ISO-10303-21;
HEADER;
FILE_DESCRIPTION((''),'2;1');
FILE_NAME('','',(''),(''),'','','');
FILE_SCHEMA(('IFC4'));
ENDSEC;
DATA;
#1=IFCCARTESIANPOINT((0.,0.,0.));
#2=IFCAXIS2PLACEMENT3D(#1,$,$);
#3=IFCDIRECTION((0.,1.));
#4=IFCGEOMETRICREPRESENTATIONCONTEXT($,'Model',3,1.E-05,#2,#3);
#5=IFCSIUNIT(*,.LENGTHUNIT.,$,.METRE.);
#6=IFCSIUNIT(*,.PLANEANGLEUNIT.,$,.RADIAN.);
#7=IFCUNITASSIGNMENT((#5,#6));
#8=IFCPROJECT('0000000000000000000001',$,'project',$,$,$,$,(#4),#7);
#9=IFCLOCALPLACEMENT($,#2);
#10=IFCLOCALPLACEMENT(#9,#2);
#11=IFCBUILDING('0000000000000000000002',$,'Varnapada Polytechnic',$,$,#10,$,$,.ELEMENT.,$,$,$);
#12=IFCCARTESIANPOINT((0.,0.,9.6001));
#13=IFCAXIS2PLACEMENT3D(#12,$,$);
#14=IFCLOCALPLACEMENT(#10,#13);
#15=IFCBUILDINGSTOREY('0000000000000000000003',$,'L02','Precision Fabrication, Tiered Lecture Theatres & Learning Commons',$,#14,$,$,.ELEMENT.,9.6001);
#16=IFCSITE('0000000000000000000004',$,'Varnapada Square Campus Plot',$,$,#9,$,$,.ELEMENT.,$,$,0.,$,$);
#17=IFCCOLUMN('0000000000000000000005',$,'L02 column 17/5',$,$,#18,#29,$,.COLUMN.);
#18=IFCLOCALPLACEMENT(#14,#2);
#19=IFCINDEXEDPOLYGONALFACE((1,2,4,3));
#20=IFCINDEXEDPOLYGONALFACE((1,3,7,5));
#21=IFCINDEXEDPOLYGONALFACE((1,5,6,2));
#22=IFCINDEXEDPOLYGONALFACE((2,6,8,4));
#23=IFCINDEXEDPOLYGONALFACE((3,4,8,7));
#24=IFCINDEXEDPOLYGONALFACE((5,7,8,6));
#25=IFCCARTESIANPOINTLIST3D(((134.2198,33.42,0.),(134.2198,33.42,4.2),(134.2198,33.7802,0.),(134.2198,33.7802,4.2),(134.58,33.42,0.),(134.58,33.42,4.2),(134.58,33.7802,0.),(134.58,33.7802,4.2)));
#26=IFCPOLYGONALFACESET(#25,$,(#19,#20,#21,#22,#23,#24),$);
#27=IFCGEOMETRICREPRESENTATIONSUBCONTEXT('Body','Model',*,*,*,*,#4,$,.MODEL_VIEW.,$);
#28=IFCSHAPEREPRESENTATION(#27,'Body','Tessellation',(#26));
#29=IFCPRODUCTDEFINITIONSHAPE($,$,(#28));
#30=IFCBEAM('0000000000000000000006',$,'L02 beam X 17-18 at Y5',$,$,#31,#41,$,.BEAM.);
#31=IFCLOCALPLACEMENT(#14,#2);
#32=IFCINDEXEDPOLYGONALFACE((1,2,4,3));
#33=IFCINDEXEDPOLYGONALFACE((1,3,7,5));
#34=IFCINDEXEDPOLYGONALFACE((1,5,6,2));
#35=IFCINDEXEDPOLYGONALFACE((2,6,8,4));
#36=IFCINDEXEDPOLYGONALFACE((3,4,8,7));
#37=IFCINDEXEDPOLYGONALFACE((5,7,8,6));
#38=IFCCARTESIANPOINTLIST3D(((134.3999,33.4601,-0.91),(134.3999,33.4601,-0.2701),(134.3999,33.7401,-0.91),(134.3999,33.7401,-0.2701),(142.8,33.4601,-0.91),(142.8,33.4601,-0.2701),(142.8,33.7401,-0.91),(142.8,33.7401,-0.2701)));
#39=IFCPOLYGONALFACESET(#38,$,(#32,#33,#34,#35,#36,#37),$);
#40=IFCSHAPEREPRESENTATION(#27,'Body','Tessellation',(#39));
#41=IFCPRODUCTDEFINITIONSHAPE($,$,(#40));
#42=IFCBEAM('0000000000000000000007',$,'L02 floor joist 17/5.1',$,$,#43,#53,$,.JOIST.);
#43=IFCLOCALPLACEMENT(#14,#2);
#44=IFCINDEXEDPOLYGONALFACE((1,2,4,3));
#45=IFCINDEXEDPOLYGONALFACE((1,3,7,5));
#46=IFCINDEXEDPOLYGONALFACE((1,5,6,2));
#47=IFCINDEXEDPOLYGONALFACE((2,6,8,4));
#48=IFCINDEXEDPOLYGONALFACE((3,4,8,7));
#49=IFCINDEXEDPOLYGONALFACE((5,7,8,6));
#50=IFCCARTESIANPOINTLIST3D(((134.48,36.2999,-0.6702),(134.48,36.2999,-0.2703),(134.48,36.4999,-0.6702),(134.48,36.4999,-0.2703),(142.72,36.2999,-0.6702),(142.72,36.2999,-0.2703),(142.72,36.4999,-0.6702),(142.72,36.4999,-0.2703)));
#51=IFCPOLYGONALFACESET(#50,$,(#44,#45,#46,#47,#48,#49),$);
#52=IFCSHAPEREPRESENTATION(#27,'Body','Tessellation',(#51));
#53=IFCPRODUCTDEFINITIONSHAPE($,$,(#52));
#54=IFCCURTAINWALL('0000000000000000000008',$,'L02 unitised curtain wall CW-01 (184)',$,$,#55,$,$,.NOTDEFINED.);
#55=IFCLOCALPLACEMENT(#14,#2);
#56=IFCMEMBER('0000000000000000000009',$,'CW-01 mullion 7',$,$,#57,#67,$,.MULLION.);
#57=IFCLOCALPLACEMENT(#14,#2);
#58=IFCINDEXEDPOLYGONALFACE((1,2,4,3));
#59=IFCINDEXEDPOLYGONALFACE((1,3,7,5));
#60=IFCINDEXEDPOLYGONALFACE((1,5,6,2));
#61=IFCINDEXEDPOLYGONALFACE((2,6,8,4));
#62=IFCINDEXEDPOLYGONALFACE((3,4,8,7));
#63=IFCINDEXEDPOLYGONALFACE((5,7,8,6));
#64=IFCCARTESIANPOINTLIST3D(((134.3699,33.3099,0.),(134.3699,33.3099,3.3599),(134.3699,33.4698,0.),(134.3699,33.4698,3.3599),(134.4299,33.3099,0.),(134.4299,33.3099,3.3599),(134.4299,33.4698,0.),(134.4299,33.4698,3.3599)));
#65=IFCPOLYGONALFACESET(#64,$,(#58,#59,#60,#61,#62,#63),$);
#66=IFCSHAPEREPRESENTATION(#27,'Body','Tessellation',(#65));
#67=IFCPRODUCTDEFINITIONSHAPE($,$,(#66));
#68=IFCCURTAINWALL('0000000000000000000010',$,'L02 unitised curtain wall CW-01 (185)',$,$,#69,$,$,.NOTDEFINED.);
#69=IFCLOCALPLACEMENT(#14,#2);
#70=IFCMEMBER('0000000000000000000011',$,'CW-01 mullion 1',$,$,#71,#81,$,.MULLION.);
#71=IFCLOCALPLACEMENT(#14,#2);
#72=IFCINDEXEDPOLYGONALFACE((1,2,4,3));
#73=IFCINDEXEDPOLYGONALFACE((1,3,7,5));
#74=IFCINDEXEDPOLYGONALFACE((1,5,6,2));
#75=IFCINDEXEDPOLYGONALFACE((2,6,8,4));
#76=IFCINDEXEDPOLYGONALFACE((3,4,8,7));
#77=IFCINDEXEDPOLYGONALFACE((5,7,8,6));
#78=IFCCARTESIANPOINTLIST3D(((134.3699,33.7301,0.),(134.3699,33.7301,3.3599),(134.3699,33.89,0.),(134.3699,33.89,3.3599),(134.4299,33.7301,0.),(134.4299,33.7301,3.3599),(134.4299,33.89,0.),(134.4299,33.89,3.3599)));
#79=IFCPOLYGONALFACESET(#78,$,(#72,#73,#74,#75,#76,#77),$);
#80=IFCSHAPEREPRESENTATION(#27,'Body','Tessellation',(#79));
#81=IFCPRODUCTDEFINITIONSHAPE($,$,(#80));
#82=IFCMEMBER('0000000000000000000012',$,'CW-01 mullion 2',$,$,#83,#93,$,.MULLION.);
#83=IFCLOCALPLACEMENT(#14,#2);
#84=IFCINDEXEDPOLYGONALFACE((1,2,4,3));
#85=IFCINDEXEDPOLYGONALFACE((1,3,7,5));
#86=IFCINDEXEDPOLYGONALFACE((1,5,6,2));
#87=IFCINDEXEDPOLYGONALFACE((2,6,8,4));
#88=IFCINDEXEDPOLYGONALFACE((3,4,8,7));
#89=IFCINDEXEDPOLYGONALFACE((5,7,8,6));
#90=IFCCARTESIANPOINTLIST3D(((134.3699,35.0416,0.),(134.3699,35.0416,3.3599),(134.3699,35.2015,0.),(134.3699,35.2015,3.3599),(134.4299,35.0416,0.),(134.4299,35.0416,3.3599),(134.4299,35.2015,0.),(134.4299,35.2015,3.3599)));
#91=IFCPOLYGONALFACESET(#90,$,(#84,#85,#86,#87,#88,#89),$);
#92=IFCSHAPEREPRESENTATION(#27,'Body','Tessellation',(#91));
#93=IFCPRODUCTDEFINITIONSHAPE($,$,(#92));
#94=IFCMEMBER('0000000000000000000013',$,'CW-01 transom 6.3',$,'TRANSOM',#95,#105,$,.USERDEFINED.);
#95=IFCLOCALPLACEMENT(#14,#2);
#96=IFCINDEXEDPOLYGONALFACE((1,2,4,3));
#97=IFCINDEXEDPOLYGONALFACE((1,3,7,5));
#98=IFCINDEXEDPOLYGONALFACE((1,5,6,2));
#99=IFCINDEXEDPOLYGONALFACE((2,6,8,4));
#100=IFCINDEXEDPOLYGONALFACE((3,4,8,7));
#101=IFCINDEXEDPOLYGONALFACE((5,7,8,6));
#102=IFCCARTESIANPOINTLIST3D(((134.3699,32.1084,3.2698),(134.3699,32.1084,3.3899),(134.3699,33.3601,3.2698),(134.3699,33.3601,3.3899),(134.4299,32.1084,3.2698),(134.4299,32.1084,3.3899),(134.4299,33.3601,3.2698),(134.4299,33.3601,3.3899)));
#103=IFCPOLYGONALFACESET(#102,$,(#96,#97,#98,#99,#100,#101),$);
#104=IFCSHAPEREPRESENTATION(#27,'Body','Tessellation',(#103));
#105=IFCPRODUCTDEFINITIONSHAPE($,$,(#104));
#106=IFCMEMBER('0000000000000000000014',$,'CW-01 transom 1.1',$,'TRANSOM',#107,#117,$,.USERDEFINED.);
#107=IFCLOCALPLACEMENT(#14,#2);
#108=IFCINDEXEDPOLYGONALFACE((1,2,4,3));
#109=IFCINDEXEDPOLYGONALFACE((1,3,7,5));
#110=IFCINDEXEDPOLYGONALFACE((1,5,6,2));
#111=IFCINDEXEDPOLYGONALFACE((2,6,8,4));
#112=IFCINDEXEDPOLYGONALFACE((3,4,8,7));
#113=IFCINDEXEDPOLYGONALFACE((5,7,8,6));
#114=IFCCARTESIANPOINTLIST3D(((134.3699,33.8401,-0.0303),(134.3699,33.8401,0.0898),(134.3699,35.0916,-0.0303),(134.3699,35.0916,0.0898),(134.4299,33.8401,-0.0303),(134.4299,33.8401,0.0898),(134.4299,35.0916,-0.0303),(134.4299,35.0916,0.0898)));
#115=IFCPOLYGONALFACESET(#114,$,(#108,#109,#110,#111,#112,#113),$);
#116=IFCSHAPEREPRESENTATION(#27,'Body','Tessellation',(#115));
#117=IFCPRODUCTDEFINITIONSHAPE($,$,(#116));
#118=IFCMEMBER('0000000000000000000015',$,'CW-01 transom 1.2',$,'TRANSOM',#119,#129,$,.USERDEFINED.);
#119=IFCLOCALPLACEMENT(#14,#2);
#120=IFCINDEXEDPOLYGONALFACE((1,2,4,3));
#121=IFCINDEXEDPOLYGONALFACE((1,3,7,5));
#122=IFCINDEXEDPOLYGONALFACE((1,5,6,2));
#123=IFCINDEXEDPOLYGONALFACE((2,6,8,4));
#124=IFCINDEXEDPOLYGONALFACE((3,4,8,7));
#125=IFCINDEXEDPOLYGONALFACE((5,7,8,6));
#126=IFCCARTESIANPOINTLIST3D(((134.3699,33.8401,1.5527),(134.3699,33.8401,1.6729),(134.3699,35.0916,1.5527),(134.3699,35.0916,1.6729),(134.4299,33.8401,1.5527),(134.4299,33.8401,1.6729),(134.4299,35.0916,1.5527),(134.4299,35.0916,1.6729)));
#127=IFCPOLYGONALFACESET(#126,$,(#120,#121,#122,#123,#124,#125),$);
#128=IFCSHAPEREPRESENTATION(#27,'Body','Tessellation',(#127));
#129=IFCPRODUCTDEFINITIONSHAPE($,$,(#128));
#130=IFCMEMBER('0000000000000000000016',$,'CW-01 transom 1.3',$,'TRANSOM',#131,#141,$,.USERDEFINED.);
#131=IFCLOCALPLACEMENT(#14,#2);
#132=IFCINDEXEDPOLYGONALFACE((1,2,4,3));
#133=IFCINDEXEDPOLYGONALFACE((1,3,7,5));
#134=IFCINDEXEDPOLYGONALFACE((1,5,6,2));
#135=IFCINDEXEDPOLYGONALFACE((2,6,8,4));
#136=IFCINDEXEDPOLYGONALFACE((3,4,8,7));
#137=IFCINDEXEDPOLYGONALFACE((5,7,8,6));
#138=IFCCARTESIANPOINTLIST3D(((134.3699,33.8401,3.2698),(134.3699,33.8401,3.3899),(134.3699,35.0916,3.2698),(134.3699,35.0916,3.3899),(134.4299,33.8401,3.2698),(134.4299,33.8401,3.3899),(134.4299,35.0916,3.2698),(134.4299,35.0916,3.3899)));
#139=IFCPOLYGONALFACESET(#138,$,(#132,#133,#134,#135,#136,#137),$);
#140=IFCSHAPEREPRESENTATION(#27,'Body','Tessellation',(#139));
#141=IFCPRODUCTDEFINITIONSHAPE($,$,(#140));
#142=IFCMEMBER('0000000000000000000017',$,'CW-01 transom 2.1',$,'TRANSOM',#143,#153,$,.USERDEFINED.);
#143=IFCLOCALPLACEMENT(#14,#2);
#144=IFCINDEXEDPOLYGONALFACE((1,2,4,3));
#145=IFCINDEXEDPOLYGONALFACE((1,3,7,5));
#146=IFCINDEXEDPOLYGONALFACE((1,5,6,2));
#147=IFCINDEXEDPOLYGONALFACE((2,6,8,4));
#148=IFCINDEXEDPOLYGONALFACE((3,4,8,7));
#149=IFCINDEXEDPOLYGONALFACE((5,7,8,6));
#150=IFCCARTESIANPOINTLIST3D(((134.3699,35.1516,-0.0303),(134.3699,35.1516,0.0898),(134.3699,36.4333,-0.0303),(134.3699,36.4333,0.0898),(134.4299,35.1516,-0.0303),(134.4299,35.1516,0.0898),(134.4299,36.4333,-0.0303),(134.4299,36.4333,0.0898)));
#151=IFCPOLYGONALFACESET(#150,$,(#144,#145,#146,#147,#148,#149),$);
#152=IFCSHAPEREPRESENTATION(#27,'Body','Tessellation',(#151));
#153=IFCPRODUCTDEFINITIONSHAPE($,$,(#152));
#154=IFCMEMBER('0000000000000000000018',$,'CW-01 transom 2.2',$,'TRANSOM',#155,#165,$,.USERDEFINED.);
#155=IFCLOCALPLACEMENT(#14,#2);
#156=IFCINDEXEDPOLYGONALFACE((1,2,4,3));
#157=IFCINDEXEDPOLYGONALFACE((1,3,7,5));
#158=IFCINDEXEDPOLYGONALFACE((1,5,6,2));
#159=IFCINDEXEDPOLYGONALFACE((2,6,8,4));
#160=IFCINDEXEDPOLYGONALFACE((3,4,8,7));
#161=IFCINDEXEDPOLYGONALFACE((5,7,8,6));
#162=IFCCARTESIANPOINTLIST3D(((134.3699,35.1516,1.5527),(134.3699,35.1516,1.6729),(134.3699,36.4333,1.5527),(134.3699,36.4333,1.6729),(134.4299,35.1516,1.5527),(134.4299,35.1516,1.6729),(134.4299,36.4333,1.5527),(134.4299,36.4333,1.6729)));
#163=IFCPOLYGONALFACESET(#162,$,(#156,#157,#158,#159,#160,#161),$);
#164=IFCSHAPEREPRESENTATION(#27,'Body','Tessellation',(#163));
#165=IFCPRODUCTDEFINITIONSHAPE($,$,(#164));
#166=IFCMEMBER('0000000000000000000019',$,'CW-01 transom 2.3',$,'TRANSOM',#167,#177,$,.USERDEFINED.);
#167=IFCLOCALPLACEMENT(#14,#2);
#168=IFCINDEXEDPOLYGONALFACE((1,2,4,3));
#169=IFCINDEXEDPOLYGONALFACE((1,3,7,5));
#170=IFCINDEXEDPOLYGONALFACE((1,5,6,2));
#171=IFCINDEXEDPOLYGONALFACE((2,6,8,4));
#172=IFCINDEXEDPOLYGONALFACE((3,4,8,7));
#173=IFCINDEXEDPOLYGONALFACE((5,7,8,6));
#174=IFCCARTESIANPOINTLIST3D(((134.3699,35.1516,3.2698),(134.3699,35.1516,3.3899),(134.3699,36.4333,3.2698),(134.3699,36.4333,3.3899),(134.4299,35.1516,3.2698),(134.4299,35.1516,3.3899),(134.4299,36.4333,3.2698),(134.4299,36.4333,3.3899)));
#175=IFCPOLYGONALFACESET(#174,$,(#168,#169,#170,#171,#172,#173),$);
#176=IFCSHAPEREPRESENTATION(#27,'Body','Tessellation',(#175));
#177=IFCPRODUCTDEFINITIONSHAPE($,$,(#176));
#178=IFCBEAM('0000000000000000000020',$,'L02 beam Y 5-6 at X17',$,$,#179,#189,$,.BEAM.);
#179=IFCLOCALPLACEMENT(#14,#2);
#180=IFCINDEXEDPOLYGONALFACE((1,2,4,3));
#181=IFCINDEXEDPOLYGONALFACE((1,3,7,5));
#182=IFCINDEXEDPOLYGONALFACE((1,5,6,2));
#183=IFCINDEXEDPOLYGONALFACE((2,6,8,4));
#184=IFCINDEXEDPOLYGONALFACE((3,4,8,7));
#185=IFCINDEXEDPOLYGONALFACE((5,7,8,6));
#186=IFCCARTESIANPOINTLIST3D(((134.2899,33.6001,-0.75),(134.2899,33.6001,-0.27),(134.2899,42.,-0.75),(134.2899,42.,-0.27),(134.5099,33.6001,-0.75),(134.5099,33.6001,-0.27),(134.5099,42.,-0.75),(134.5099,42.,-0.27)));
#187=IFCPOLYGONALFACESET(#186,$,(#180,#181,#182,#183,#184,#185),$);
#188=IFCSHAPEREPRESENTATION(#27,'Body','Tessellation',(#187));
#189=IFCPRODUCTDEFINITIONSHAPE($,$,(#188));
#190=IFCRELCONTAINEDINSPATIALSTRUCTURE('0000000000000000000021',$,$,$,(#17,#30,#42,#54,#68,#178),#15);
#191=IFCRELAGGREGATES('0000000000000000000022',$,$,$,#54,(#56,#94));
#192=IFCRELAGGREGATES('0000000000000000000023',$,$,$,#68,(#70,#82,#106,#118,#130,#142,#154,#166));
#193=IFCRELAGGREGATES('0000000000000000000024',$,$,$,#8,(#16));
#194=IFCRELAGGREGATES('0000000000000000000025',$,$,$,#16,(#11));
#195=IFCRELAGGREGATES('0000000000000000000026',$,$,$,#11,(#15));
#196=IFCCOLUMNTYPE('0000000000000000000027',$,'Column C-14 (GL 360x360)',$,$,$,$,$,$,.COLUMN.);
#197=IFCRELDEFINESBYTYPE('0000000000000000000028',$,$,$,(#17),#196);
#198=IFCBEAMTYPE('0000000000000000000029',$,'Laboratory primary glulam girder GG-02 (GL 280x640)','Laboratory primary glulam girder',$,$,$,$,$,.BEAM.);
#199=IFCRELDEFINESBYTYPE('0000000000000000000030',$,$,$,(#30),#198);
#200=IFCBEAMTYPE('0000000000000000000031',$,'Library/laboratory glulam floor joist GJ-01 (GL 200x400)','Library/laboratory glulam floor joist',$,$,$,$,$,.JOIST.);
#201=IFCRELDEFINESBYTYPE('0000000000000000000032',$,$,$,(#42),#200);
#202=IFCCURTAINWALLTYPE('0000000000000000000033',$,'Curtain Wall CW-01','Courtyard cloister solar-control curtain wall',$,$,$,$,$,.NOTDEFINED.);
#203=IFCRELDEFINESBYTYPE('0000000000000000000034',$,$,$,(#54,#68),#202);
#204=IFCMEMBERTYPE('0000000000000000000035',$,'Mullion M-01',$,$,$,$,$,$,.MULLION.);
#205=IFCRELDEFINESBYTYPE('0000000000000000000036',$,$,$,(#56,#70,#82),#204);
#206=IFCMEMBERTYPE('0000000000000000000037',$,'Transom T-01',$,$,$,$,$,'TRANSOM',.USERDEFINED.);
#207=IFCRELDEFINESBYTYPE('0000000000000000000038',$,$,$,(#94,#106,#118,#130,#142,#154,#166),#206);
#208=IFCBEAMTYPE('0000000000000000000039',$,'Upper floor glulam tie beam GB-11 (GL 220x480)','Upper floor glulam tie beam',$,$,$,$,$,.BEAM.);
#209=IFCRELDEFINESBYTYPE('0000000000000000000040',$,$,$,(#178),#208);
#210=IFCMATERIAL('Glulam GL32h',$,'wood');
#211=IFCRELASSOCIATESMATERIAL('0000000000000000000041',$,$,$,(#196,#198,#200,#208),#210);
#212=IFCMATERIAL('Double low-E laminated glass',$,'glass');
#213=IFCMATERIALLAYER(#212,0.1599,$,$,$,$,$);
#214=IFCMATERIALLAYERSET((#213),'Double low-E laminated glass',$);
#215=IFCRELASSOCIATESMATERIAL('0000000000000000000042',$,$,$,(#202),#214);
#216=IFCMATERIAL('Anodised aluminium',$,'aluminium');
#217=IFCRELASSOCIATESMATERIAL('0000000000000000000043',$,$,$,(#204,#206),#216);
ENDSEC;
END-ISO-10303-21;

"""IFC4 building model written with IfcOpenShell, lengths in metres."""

from ifc_helpers import new_model, si_unit, direction, frame, origin, origin_2d, place, context, subcontext, project, spatial, rectangle, extrude, material, layer, layer_set, material_profile, profile_set, type_object, element, aggregate, save


model = new_model("IFC4")

# Units and contexts
model_context = context("Model", 3, precision=1e-05, world=origin(), true_north=direction((0.0, 1.0)))
body_context = subcontext(model_context, "Body", "Model", "MODEL_VIEW")
ifc_project = project(units=[si_unit("LENGTHUNIT", "METRE"), si_unit("PLANEANGLEUNIT", "RADIAN")], contexts=[model_context])

# Site, building, storey
site_placement = place(None, origin())
site = spatial("IfcSite", under=ifc_project, at=site_placement, Name="Varnapada Square Campus Plot", CompositionType="ELEMENT", RefElevation=0.0)
building_placement = place(site_placement, origin())
building = spatial("IfcBuilding", under=site, at=building_placement, Name="Varnapada Polytechnic", CompositionType="ELEMENT")
storey_placement = place(building_placement, frame((0.0, 0.0, 9.6001)))
storey = spatial("IfcBuildingStorey", under=building, at=storey_placement, Name="L02", Description="Precision Fabrication, Tiered Lecture Theatres & Learning Commons", CompositionType="ELEMENT", Elevation=9.6001)

# Column
ifc_material_1 = material(Name="Glulam GL32h", Category="wood")
ifc_material_profile_1 = material_profile(ifc_material_1, rectangle(XDim=0.3601, YDim=0.3601, at=origin_2d()), Name="GL 360x360")
ifc_profile_set_1 = profile_set([ifc_material_profile_1], Name="Glulam GL32h")
column_type = type_object("IfcColumnType", Name="Column C-14 (GL 360x360)", PredefinedType="COLUMN", material=ifc_profile_set_1)
column_placement = place(storey_placement, frame((134.3999, 33.6001, 0.0), z_axis=(0.0, 0.0, 1.0), x_axis=(1.0, 0.0, 0.0)))
element("IfcColumn", 1, at=column_placement, inside=storey, type_object=column_type, Name="L02 column 17/5", PredefinedType="COLUMN", context=body_context, shape_type="SweptSolid", body=[
    extrude(rectangle(XDim=0.3601, YDim=0.3601, at=origin_2d()), origin(), (0.0, 0.0, 1.0), 4.2),
])

# Beams
ifc_material_profile_2 = material_profile(ifc_material_1, rectangle(XDim=0.28, YDim=0.6399, at=origin_2d()), Name="GL 280x640")
ifc_profile_set_2 = profile_set([ifc_material_profile_2], Name="Glulam GL32h")
beam_type_1 = type_object("IfcBeamType", Name="Laboratory primary glulam girder GG-02 (GL 280x640)", Description="Laboratory primary glulam girder", PredefinedType="BEAM", material=ifc_profile_set_2)
beam_1_placement = place(storey_placement, frame((134.3999, 33.6001, -0.5901), z_axis=(1.0, 0.0, 0.0), x_axis=(0.0, 1.0, 0.0)))
element("IfcBeam", 2, at=beam_1_placement, inside=storey, type_object=beam_type_1, Name="L02 beam X 17-18 at Y5", PredefinedType="BEAM", context=body_context, shape_type="SweptSolid", body=[
    extrude(rectangle(XDim=0.28, YDim=0.6399, at=origin_2d()), origin(), (0.0, 0.0, 1.0), 8.4001),
])
ifc_material_profile_3 = material_profile(ifc_material_1, rectangle(XDim=0.2, YDim=0.3999, at=origin_2d()), Name="GL 200x400")
ifc_profile_set_3 = profile_set([ifc_material_profile_3], Name="Glulam GL32h")
beam_type_2 = type_object("IfcBeamType", Name="Library/laboratory glulam floor joist GJ-01 (GL 200x400)", Description="Library/laboratory glulam floor joist", PredefinedType="JOIST", material=ifc_profile_set_3)
beam_2_placement = place(storey_placement, frame((134.48, 36.3999, -0.4702), z_axis=(1.0, 0.0, 0.0), x_axis=(0.0, 1.0, 0.0)))
element("IfcBeam", 3, at=beam_2_placement, inside=storey, type_object=beam_type_2, Name="L02 floor joist 17/5.1", PredefinedType="JOIST", context=body_context, shape_type="SweptSolid", body=[
    extrude(rectangle(XDim=0.2, YDim=0.3999, at=origin_2d()), origin(), (0.0, 0.0, 1.0), 8.24),
])

# Curtain wall, member
ifc_material_2 = material(Name="Double low-E laminated glass", Category="glass")
ifc_layer_1 = layer(ifc_material_2, 0.1599)
ifc_layer_set_1 = layer_set([ifc_layer_1], Name="Double low-E laminated glass")
curtain_wall_type = type_object("IfcCurtainWallType", Name="Curtain Wall CW-01", Description="Courtyard cloister solar-control curtain wall", PredefinedType="NOTDEFINED", material=ifc_layer_set_1)
curtain_wall_1_placement = place(storey_placement, origin())
curtain_wall_1 = element("IfcCurtainWall", 4, at=curtain_wall_1_placement, inside=storey, type_object=curtain_wall_type, Name="L02 unitised curtain wall CW-01 (184)", PredefinedType="NOTDEFINED")
ifc_material_3 = material(Name="Anodised aluminium", Category="aluminium")
ifc_material_profile_4 = material_profile(ifc_material_3, rectangle(XDim=0.0601, YDim=0.1599, at=origin_2d()), Name="ALU M60x160")
ifc_profile_set_4 = profile_set([ifc_material_profile_4], Name="Anodised aluminium")
member_type_1 = type_object("IfcMemberType", Name="Mullion M-01", PredefinedType="MULLION", material=ifc_profile_set_4)
member_1_placement = place(storey_placement, frame((134.3999, 33.3899, 0.0), z_axis=(0.0, 0.0, 1.0), x_axis=(-1.0, 0.0, 0.0)))
member_1 = element("IfcMember", 5, at=member_1_placement, type_object=member_type_1, Name="CW-01 mullion 7", PredefinedType="MULLION", context=body_context, shape_type="SweptSolid", body=[
    extrude(rectangle(XDim=0.0601, YDim=0.1599, at=origin_2d()), origin(), (0.0, 0.0, 1.0), 3.3599),
])

# Curtain wall, members
curtain_wall_2_placement = place(storey_placement, origin())
curtain_wall_2 = element("IfcCurtainWall", 6, at=curtain_wall_2_placement, inside=storey, type_object=curtain_wall_type, Name="L02 unitised curtain wall CW-01 (185)", PredefinedType="NOTDEFINED")
member_2_placement = place(storey_placement, frame((134.3999, 33.8101, 0.0), z_axis=(0.0, 0.0, 1.0), x_axis=(-1.0, 0.0, 0.0)))
member_2 = element("IfcMember", 7, at=member_2_placement, type_object=member_type_1, Name="CW-01 mullion 1", PredefinedType="MULLION", context=body_context, shape_type="SweptSolid", body=[
    extrude(rectangle(XDim=0.0601, YDim=0.1599, at=origin_2d()), origin(), (0.0, 0.0, 1.0), 3.3599),
])
member_3_placement = place(storey_placement, frame((134.3999, 35.1216, 0.0), z_axis=(0.0, 0.0, 1.0), x_axis=(-1.0, 0.0, 0.0)))
member_3 = element("IfcMember", 8, at=member_3_placement, type_object=member_type_1, Name="CW-01 mullion 2", PredefinedType="MULLION", context=body_context, shape_type="SweptSolid", body=[
    extrude(rectangle(XDim=0.0601, YDim=0.1599, at=origin_2d()), origin(), (0.0, 0.0, 1.0), 3.3599),
])

# Members
ifc_material_profile_5 = material_profile(ifc_material_3, rectangle(XDim=0.0601, YDim=0.1201, at=origin_2d()), Name="ALU T60x120")
ifc_profile_set_5 = profile_set([ifc_material_profile_5], Name="Anodised aluminium")
member_type_2 = type_object("IfcMemberType", Name="Transom T-01", ElementType="TRANSOM", PredefinedType="USERDEFINED", material=ifc_profile_set_5)
member_4_placement = place(storey_placement, frame((134.3999, 32.1084, 3.3298), z_axis=(0.0, 1.0, 0.0), x_axis=(-1.0, 0.0, 0.0)))
member_4 = element("IfcMember", 9, at=member_4_placement, type_object=member_type_2, Name="CW-01 transom 6.3", ObjectType="TRANSOM", PredefinedType="USERDEFINED", context=body_context, shape_type="SweptSolid", body=[
    extrude(rectangle(XDim=0.0601, YDim=0.1201, at=origin_2d()), origin(), (0.0, 0.0, 1.0), 1.2517),
])
member_5_placement = place(storey_placement, frame((134.3999, 33.8401, 0.0298), z_axis=(0.0, 1.0, 0.0), x_axis=(-1.0, 0.0, 0.0)))
member_5 = element("IfcMember", 10, at=member_5_placement, type_object=member_type_2, Name="CW-01 transom 1.1", ObjectType="TRANSOM", PredefinedType="USERDEFINED", context=body_context, shape_type="SweptSolid", body=[
    extrude(rectangle(XDim=0.0601, YDim=0.1201, at=origin_2d()), origin(), (0.0, 0.0, 1.0), 1.2515),
])
member_6_placement = place(storey_placement, frame((134.3999, 33.8401, 1.6128), z_axis=(0.0, 1.0, 0.0), x_axis=(-1.0, 0.0, 0.0)))
member_6 = element("IfcMember", 11, at=member_6_placement, type_object=member_type_2, Name="CW-01 transom 1.2", ObjectType="TRANSOM", PredefinedType="USERDEFINED", context=body_context, shape_type="SweptSolid", body=[
    extrude(rectangle(XDim=0.0601, YDim=0.1201, at=origin_2d()), origin(), (0.0, 0.0, 1.0), 1.2515),
])
member_7_placement = place(storey_placement, frame((134.3999, 33.8401, 3.3298), z_axis=(0.0, 1.0, 0.0), x_axis=(-1.0, 0.0, 0.0)))
member_7 = element("IfcMember", 12, at=member_7_placement, type_object=member_type_2, Name="CW-01 transom 1.3", ObjectType="TRANSOM", PredefinedType="USERDEFINED", context=body_context, shape_type="SweptSolid", body=[
    extrude(rectangle(XDim=0.0601, YDim=0.1201, at=origin_2d()), origin(), (0.0, 0.0, 1.0), 1.2515),
])
member_8_placement = place(storey_placement, frame((134.3999, 35.1516, 0.0298), z_axis=(0.0, 1.0, 0.0), x_axis=(-1.0, 0.0, 0.0)))
member_8 = element("IfcMember", 13, at=member_8_placement, type_object=member_type_2, Name="CW-01 transom 2.1", ObjectType="TRANSOM", PredefinedType="USERDEFINED", context=body_context, shape_type="SweptSolid", body=[
    extrude(rectangle(XDim=0.0601, YDim=0.1201, at=origin_2d()), origin(), (0.0, 0.0, 1.0), 1.2817),
])
member_9_placement = place(storey_placement, frame((134.3999, 35.1516, 1.6128), z_axis=(0.0, 1.0, 0.0), x_axis=(-1.0, 0.0, 0.0)))
member_9 = element("IfcMember", 14, at=member_9_placement, type_object=member_type_2, Name="CW-01 transom 2.2", ObjectType="TRANSOM", PredefinedType="USERDEFINED", context=body_context, shape_type="SweptSolid", body=[
    extrude(rectangle(XDim=0.0601, YDim=0.1201, at=origin_2d()), origin(), (0.0, 0.0, 1.0), 1.2817),
])
member_10_placement = place(storey_placement, frame((134.3999, 35.1516, 3.3298), z_axis=(0.0, 1.0, 0.0), x_axis=(-1.0, 0.0, 0.0)))
member_10 = element("IfcMember", 15, at=member_10_placement, type_object=member_type_2, Name="CW-01 transom 2.3", ObjectType="TRANSOM", PredefinedType="USERDEFINED", context=body_context, shape_type="SweptSolid", body=[
    extrude(rectangle(XDim=0.0601, YDim=0.1201, at=origin_2d()), origin(), (0.0, 0.0, 1.0), 1.2817),
])

# Beam
ifc_material_profile_6 = material_profile(ifc_material_1, rectangle(XDim=0.22, YDim=0.48, at=origin_2d()), Name="GL 220x480")
ifc_profile_set_6 = profile_set([ifc_material_profile_6], Name="Glulam GL32h")
beam_type_3 = type_object("IfcBeamType", Name="Upper floor glulam tie beam GB-11 (GL 220x480)", Description="Upper floor glulam tie beam", PredefinedType="BEAM", material=ifc_profile_set_6)
beam_3_placement = place(storey_placement, frame((134.3999, 33.6001, -0.51), z_axis=(0.0, 1.0, 0.0), x_axis=(-1.0, 0.0, 0.0)))
element("IfcBeam", 16, at=beam_3_placement, inside=storey, type_object=beam_type_3, Name="L02 beam Y 5-6 at X17", PredefinedType="BEAM", context=body_context, shape_type="SweptSolid", body=[
    extrude(rectangle(XDim=0.22, YDim=0.48, at=origin_2d()), origin(), (0.0, 0.0, 1.0), 8.3999),
])

aggregate(curtain_wall_1, [member_1, member_4])
aggregate(curtain_wall_2, [member_2, member_3, member_5, member_6, member_7, member_8, member_9, member_10])

save(model, "model.ifc")
